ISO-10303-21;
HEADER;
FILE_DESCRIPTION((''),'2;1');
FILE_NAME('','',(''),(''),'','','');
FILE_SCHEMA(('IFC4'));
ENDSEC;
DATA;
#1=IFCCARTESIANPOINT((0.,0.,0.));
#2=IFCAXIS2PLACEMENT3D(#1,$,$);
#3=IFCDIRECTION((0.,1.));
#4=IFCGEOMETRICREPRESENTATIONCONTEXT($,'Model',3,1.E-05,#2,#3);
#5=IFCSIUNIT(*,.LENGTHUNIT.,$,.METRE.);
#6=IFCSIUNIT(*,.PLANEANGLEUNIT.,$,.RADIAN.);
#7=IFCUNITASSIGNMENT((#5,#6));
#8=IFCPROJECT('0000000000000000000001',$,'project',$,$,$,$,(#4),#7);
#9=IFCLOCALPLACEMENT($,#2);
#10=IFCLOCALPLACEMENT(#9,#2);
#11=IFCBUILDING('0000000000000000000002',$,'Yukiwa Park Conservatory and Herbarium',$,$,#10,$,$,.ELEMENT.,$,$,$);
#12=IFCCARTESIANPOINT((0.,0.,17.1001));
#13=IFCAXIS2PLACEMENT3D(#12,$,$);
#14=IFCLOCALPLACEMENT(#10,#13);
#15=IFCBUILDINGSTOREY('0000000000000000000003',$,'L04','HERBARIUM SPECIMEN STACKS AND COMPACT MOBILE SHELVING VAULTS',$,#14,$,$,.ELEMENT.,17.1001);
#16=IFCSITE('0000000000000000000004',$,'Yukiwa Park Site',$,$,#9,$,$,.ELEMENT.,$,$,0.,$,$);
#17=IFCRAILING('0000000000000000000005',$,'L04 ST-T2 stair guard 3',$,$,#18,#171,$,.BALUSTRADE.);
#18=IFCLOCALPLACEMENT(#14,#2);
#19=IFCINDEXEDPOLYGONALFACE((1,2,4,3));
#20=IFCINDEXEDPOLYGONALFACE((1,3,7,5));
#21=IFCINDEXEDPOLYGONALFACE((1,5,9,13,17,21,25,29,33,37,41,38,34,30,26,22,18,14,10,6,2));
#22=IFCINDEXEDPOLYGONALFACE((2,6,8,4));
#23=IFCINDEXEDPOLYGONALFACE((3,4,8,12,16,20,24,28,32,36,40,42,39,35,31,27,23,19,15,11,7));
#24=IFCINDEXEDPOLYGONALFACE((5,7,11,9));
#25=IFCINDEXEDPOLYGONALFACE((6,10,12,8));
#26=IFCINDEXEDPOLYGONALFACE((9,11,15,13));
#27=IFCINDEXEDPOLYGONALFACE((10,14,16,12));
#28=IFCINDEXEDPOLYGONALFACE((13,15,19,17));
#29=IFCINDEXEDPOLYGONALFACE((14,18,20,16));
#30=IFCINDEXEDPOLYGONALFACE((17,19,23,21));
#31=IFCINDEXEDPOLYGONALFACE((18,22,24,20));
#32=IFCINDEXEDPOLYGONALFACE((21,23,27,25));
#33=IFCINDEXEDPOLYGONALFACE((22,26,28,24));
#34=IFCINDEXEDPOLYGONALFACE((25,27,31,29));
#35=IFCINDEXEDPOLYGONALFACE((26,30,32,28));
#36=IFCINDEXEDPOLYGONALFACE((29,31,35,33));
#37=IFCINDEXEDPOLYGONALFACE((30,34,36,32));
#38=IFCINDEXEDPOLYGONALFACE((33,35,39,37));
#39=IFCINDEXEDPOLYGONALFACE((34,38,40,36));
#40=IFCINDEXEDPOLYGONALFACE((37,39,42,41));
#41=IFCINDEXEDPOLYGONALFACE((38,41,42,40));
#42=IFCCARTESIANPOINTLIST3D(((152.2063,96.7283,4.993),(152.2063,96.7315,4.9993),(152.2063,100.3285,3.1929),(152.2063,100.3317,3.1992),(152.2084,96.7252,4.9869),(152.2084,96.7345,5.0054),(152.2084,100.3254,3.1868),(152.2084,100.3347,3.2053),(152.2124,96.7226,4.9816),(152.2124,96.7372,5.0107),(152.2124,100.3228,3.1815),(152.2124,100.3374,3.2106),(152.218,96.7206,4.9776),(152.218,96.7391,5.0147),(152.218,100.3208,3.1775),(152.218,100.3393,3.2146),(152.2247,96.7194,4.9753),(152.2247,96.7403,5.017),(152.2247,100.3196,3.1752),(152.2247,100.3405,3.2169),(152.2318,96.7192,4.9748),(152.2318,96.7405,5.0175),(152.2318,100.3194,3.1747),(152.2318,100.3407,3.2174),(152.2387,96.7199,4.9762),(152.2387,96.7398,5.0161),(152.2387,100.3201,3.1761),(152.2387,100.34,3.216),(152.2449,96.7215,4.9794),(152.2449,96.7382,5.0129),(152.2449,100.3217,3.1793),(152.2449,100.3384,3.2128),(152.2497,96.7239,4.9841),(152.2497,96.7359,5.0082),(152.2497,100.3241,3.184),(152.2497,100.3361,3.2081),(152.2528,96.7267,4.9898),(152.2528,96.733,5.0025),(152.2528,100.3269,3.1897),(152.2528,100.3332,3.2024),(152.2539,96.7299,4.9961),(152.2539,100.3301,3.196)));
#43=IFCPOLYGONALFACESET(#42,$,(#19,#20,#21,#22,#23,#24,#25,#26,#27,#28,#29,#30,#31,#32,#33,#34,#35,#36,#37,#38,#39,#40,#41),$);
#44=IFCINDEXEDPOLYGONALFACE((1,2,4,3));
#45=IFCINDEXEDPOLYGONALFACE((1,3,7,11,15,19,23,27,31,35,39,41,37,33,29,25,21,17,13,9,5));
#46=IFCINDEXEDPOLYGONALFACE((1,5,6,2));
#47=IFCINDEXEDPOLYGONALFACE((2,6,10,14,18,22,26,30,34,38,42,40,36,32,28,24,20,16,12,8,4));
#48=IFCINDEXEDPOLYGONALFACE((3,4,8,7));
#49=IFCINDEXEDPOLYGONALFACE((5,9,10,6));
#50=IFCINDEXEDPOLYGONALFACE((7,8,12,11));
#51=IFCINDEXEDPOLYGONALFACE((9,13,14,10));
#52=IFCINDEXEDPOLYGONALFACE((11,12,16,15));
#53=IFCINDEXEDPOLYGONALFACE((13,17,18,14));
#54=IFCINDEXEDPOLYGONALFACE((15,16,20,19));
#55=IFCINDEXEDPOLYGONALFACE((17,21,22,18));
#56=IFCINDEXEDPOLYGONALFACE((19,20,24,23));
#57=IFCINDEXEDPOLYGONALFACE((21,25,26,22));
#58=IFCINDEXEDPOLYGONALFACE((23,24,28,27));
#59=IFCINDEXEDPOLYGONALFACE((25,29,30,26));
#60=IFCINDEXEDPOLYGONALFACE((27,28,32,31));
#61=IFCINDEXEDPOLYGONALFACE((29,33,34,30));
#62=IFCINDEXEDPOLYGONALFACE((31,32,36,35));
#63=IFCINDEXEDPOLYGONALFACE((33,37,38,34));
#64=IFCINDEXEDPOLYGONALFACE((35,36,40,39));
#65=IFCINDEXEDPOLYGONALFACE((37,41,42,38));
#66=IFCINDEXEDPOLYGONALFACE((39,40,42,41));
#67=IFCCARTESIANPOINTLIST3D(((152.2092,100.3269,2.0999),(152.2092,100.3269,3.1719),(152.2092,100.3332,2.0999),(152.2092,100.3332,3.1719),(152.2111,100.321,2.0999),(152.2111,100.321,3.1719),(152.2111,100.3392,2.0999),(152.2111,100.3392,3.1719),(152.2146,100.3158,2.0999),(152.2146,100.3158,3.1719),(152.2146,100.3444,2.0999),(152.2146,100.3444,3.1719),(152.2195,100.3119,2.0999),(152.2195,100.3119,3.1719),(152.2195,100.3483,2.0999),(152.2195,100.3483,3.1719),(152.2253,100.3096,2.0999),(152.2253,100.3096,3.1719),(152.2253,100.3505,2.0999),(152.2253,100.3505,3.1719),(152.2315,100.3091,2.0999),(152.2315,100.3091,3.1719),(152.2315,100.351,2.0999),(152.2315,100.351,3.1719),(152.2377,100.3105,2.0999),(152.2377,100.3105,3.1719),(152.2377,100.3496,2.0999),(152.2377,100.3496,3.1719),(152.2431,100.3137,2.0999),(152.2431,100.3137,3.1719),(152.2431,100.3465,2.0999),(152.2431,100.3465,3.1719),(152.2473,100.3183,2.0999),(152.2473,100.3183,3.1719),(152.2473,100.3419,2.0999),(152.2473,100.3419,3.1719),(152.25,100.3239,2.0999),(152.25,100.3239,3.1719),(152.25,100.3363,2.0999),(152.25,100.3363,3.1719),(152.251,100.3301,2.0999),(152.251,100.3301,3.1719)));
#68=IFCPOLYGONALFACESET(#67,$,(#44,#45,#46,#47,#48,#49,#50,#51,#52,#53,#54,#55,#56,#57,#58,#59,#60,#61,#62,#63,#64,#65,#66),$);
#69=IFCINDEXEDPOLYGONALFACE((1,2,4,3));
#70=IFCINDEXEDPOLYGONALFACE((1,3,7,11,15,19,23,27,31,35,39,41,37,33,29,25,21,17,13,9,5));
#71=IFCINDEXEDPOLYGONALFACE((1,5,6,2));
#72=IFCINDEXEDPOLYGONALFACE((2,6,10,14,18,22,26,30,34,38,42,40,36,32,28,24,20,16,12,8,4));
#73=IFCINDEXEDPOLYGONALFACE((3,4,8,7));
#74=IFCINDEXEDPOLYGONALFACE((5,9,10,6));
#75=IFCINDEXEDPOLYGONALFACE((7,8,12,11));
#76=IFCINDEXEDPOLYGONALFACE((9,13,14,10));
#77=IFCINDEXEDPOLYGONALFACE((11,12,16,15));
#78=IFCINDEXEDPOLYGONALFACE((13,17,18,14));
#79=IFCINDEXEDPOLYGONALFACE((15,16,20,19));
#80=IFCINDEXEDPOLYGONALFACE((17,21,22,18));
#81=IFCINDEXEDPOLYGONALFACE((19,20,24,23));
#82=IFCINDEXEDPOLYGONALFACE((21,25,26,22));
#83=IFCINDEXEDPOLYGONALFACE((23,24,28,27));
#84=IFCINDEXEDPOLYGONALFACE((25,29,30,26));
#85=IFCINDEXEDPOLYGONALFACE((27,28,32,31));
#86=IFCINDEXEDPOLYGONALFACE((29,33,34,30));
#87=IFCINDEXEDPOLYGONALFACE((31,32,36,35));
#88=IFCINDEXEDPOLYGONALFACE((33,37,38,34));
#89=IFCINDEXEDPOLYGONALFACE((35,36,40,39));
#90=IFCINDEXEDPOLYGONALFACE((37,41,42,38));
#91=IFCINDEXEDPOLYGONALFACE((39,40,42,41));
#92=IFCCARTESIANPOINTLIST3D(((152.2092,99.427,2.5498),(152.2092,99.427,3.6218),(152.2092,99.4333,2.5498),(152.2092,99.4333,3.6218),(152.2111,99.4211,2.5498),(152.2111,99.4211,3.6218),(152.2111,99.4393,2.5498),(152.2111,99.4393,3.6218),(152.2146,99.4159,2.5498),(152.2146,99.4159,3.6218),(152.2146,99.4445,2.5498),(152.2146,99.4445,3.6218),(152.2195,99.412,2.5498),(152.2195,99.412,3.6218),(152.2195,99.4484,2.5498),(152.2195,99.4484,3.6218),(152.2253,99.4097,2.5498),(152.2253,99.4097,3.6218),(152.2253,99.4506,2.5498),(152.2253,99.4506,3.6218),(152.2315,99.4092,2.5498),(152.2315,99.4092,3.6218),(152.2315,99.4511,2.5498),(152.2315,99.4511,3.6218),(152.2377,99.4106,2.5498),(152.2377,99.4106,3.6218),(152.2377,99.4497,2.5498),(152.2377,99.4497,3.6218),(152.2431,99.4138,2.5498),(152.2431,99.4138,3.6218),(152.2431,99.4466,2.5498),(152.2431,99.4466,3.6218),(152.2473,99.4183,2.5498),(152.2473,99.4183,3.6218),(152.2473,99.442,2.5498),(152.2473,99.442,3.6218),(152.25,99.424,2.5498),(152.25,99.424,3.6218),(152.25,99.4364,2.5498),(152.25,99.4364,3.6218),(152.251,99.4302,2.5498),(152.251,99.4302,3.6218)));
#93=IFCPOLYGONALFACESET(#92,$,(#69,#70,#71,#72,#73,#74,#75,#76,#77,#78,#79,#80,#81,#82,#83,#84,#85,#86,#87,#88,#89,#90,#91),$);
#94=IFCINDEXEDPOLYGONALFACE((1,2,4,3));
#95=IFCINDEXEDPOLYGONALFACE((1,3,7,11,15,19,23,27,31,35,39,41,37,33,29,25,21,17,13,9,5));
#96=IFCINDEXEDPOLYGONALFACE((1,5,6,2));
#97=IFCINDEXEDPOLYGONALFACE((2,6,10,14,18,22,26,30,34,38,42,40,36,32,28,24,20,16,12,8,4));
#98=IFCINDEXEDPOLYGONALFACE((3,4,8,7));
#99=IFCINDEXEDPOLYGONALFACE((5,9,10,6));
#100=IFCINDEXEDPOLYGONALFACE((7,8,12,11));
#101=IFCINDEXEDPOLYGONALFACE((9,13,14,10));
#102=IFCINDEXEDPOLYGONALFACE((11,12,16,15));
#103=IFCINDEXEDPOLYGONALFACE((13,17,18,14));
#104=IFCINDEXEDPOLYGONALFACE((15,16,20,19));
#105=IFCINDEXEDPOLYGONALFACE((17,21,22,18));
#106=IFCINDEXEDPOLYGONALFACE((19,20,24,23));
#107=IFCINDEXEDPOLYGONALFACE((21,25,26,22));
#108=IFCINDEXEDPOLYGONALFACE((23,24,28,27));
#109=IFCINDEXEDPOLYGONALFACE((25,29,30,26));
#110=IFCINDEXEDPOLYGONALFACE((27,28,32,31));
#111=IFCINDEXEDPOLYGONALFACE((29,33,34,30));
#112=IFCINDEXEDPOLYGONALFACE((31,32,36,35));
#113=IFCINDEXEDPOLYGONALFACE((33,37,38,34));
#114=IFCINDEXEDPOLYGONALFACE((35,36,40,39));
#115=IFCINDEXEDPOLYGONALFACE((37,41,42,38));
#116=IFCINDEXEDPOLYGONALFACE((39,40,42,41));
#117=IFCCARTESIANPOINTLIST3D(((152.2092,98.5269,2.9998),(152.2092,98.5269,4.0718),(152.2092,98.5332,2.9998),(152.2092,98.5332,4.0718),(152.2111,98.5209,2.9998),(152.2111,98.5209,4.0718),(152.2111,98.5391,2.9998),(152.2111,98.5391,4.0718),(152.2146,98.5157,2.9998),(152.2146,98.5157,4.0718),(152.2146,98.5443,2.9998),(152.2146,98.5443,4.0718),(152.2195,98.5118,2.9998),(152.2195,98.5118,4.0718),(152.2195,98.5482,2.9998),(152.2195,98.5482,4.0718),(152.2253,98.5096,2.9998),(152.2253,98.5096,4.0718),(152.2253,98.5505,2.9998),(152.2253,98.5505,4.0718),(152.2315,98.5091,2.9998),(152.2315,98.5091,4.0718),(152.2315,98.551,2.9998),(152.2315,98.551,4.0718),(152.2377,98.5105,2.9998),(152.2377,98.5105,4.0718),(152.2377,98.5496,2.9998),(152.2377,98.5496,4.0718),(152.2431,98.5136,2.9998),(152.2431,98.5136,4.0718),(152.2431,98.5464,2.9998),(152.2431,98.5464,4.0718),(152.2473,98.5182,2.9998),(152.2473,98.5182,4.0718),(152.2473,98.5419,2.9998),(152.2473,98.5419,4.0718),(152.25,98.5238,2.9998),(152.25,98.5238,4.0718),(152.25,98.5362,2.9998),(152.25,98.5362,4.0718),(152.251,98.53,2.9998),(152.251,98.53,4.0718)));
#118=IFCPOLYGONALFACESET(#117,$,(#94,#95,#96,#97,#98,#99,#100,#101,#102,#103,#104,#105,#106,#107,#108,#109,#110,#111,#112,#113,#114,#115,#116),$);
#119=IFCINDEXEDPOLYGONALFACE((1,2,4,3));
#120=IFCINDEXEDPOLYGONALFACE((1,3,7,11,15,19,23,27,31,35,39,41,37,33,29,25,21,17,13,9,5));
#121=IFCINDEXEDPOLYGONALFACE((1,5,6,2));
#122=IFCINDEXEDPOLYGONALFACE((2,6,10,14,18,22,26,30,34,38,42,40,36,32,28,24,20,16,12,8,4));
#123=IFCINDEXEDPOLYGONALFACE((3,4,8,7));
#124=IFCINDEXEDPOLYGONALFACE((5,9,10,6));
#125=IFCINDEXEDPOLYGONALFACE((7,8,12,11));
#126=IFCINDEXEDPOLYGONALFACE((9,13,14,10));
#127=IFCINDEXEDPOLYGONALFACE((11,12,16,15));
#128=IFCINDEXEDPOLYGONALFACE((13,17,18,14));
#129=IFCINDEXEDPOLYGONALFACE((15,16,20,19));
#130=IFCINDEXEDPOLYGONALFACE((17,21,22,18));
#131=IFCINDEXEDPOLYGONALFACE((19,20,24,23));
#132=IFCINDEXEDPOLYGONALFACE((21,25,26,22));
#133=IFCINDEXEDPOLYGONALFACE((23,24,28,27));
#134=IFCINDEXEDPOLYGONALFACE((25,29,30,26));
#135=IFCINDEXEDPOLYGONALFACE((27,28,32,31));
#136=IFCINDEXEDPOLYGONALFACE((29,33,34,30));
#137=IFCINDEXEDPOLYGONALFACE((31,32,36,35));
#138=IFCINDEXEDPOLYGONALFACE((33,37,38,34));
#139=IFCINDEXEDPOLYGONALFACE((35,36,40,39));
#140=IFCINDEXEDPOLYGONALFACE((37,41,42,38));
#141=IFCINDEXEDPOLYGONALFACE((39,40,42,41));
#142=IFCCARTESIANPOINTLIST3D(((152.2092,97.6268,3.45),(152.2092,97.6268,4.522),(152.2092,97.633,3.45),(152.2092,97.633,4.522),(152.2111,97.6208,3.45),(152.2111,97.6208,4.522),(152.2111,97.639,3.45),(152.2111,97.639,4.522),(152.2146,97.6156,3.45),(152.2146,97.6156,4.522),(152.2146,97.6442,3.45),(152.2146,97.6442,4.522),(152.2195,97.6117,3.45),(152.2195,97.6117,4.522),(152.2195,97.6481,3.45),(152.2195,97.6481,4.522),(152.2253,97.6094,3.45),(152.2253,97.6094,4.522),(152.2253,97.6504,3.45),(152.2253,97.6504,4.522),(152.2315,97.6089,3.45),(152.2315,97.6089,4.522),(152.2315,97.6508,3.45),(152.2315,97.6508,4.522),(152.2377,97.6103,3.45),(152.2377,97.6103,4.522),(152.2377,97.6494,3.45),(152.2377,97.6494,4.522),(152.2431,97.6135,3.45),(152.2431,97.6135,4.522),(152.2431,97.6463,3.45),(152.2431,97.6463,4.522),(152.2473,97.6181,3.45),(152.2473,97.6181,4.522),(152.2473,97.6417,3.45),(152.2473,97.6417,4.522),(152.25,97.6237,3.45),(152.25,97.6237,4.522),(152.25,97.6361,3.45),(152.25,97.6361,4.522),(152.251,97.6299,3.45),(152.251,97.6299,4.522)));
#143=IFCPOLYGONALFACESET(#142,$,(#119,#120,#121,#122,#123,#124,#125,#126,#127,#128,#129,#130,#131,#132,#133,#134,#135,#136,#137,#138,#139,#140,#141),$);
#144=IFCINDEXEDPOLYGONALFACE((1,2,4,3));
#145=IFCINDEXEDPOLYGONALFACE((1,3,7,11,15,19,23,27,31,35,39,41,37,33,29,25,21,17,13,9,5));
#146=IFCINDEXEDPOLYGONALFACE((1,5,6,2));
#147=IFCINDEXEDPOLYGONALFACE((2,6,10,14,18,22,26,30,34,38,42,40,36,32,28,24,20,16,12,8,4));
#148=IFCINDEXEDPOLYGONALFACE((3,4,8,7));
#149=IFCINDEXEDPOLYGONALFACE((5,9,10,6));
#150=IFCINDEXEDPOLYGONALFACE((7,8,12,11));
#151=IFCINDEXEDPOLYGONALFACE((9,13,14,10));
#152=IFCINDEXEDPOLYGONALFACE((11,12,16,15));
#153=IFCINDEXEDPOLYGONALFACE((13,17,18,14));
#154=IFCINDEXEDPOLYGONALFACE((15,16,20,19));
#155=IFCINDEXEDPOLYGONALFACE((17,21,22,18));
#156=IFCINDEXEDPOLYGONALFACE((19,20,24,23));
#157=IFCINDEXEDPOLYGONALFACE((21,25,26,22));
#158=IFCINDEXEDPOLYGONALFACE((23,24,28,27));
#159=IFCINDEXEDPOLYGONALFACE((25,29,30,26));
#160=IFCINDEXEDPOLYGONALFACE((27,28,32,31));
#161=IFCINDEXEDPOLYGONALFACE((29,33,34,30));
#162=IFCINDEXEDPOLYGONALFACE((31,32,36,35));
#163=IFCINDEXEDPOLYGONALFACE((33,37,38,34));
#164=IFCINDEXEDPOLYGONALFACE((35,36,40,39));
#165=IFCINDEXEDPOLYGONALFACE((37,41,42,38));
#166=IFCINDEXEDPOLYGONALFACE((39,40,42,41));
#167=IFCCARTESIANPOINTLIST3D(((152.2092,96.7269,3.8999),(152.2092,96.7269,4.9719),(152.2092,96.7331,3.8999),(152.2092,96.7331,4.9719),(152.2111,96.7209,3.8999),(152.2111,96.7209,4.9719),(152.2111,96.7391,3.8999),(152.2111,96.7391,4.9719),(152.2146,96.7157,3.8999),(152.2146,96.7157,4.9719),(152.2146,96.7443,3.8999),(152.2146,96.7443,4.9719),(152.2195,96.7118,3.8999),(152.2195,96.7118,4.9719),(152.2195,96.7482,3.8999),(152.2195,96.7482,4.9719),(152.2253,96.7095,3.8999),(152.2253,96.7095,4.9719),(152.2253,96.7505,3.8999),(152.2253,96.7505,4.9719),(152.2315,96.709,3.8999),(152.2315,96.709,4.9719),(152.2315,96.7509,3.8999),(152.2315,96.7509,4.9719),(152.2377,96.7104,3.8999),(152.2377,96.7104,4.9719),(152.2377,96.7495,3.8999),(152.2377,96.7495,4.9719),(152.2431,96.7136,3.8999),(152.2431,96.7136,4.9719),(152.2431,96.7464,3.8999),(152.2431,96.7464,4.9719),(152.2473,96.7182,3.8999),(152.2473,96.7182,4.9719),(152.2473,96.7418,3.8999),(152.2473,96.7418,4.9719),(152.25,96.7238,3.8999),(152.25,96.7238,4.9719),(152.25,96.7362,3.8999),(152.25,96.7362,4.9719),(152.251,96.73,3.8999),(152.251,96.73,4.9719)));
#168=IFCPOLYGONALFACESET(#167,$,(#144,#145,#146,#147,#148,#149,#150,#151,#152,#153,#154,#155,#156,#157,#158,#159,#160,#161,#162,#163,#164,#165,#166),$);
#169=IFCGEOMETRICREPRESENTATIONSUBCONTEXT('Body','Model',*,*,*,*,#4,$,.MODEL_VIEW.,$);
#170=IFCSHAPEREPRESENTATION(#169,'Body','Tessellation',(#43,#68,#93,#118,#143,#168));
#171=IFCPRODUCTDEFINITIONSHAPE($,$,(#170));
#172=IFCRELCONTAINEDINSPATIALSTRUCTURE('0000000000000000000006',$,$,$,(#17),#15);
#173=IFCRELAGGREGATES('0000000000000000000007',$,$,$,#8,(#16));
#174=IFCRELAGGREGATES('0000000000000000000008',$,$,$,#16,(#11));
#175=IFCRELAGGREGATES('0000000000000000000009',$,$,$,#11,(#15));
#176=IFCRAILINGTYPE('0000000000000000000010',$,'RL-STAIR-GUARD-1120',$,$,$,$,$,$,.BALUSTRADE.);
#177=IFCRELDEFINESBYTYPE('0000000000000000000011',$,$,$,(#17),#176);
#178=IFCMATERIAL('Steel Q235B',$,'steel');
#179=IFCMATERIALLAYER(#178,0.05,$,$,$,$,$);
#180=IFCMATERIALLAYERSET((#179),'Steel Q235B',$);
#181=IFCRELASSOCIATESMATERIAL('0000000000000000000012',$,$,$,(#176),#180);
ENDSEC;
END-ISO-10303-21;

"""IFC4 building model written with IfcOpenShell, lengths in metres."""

from ifc_helpers import new_model, si_unit, direction, frame, origin, origin_2d, place, context, subcontext, project, spatial, circle, extrude, material, layer, layer_set, type_object, element, save


model = new_model("IFC4")

# Units and contexts
model_context = context("Model", 3, precision=1e-05, world=origin(), true_north=direction((0.0, 1.0)))
body_context = subcontext(model_context, "Body", "Model", "MODEL_VIEW")
ifc_project = project(units=[si_unit("LENGTHUNIT", "METRE"), si_unit("PLANEANGLEUNIT", "RADIAN")], contexts=[model_context])

# Site, building, storey
site_placement = place(None, origin())
site = spatial("IfcSite", under=ifc_project, at=site_placement, Name="Yukiwa Park Site", CompositionType="ELEMENT", RefElevation=0.0)
building_placement = place(site_placement, origin())
building = spatial("IfcBuilding", under=site, at=building_placement, Name="Yukiwa Park Conservatory and Herbarium", CompositionType="ELEMENT")
storey_placement = place(building_placement, frame((0.0, 0.0, 17.1001)))
storey = spatial("IfcBuildingStorey", under=building, at=storey_placement, Name="L04", Description="HERBARIUM SPECIMEN STACKS AND COMPACT MOBILE SHELVING VAULTS", CompositionType="ELEMENT", Elevation=17.1001)

# Railing
ifc_material_1 = material(Name="Steel Q235B", Category="steel")
ifc_layer_1 = layer(ifc_material_1, 0.05)
ifc_layer_set_1 = layer_set([ifc_layer_1], Name="Steel Q235B")
railing_type = type_object("IfcRailingType", Name="RL-STAIR-GUARD-1120", PredefinedType="BALUSTRADE", material=ifc_layer_set_1)
railing_1_placement = place(storey_placement, frame((152.23, 100.3301, 2.0999)))
element("IfcRailing", 1, at=railing_1_placement, inside=storey, type_object=railing_type, Name="L04 ST-T2 stair guard 3", PredefinedType="BALUSTRADE", context=body_context, shape_type="SweptSolid", body=[
    extrude(circle(Radius=0.0239, at=origin_2d()), frame((0.0, 0.0, 1.0962), z_axis=(0.0, -0.894427, 0.447214), x_axis=(1.0, 0.0, 0.0)), (0.0, 0.0, 1.0), 4.0251),
    extrude(circle(Radius=0.021, at=origin_2d()), origin(), (0.0, 0.0, 1.0), 1.072),
    extrude(circle(Radius=0.021, at=origin_2d()), frame((0.0, -0.8999, 0.45)), (0.0, 0.0, 1.0), 1.072),
    extrude(circle(Radius=0.021, at=origin_2d()), frame((0.0, -1.8, 0.8999)), (0.0, 0.0, 1.0), 1.072),
    extrude(circle(Radius=0.021, at=origin_2d()), frame((0.0, -2.7002, 1.3501)), (0.0, 0.0, 1.0), 1.072),
    extrude(circle(Radius=0.021, at=origin_2d()), frame((0.0, -3.6001, 1.8)), (0.0, 0.0, 1.0), 1.072),
])

save(model, "model.ifc")
